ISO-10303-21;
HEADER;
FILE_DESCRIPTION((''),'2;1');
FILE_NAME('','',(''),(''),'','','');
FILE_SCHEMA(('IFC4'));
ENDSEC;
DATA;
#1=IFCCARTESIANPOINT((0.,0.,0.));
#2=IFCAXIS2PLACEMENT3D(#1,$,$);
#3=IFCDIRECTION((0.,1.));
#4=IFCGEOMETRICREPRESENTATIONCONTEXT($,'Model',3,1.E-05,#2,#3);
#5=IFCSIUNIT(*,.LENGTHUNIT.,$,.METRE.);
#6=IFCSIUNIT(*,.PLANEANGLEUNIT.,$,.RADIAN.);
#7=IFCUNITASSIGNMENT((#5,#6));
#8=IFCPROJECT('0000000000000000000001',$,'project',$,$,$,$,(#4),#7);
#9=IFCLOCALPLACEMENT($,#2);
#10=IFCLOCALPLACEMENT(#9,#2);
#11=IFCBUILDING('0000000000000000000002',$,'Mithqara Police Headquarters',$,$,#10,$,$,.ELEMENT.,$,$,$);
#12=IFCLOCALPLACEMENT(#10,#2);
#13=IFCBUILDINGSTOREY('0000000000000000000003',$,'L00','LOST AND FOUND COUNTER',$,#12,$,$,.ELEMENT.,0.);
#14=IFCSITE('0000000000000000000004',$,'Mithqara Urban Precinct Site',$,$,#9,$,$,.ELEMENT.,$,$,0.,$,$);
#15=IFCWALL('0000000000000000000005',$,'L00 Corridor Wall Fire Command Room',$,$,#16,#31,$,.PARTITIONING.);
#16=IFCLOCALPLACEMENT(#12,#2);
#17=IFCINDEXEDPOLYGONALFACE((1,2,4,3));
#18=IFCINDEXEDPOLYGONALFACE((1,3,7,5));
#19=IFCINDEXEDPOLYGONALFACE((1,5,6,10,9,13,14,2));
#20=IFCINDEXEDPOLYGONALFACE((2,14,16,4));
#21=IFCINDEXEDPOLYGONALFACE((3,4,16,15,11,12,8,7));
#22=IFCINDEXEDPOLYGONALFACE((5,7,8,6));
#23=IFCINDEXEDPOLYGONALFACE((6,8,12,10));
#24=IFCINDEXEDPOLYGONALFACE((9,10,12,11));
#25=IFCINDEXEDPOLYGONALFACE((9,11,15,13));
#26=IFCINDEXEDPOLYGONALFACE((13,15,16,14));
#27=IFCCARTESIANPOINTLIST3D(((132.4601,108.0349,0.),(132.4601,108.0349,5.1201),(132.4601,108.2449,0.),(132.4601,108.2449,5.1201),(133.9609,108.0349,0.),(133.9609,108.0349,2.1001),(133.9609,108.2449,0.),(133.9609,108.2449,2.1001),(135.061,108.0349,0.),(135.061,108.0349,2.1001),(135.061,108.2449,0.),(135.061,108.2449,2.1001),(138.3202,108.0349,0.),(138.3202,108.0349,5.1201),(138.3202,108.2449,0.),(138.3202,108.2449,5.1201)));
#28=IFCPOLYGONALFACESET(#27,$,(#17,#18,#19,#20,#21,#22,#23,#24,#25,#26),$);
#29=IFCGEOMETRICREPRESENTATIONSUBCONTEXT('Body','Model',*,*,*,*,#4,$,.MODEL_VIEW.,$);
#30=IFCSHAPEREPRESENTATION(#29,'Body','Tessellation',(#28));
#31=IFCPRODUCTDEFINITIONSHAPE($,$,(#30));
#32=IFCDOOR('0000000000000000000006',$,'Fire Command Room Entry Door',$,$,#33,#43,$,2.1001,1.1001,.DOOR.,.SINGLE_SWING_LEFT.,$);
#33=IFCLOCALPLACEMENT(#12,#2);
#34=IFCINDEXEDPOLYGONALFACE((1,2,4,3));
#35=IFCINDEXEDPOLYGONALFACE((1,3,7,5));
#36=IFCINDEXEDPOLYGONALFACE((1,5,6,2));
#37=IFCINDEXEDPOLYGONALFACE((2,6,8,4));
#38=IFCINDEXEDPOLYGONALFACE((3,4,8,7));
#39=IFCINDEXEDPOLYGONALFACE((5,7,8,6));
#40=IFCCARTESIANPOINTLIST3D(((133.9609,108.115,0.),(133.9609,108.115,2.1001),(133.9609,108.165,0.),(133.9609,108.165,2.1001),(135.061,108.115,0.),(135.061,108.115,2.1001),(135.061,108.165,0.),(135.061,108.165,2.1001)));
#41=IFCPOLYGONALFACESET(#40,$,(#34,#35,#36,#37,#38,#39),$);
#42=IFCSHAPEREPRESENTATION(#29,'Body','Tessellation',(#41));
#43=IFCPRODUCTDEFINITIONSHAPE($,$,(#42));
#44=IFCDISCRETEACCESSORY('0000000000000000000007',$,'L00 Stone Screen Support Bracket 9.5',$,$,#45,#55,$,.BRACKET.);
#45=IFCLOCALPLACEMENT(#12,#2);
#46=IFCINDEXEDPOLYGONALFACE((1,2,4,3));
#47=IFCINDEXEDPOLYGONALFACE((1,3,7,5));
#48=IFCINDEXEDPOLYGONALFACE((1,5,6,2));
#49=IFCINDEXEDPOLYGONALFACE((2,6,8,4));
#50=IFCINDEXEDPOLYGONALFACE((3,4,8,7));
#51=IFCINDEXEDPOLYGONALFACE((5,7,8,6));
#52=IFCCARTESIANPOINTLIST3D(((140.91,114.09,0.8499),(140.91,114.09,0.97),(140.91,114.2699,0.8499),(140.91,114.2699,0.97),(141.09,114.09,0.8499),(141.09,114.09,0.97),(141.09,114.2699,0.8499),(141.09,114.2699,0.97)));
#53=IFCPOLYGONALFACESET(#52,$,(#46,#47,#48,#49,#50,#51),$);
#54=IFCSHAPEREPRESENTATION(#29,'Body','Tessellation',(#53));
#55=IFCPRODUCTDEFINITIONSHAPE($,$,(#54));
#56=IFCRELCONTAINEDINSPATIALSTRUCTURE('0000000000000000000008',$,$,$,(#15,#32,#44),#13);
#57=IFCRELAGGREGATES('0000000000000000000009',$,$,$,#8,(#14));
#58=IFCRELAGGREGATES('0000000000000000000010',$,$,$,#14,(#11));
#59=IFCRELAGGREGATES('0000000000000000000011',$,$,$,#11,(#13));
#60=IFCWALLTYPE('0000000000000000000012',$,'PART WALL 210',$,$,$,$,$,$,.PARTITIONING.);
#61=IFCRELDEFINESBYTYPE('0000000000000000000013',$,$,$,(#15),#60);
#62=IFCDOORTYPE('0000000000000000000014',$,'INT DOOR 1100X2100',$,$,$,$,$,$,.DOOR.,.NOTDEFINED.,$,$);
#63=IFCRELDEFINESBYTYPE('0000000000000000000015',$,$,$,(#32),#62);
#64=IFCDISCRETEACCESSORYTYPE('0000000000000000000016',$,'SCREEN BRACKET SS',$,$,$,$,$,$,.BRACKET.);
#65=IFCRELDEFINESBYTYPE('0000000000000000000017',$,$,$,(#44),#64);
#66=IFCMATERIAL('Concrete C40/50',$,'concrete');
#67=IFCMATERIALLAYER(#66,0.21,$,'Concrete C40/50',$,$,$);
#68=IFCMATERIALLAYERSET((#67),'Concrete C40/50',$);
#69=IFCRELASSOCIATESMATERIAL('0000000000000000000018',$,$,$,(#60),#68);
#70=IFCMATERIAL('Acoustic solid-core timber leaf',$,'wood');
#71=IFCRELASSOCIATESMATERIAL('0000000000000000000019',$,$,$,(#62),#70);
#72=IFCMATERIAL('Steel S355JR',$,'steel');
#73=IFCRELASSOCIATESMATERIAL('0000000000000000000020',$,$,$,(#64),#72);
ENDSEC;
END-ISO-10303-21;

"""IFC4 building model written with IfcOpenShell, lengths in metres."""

from ifc_helpers import new_model, si_unit, direction, frame, frame_2d, origin, origin_2d, place, context, subcontext, project, spatial, rectangle, extrude, material, layer, layer_set, type_object, element, fill, save


model = new_model("IFC4")

# Units and contexts
model_context = context("Model", 3, precision=1e-05, world=origin(), true_north=direction((0.0, 1.0)))
body_context = subcontext(model_context, "Body", "Model", "MODEL_VIEW")
ifc_project = project(units=[si_unit("LENGTHUNIT", "METRE"), si_unit("PLANEANGLEUNIT", "RADIAN")], contexts=[model_context])

# Site, building, storey
site_placement = place(None, origin())
site = spatial("IfcSite", under=ifc_project, at=site_placement, Name="Mithqara Urban Precinct Site", CompositionType="ELEMENT", RefElevation=0.0)
building_placement = place(site_placement, origin())
building = spatial("IfcBuilding", under=site, at=building_placement, Name="Mithqara Police Headquarters", CompositionType="ELEMENT")
storey_placement = place(building_placement, origin())
storey = spatial("IfcBuildingStorey", under=building, at=storey_placement, Name="L00", Description="LOST AND FOUND COUNTER", CompositionType="ELEMENT", Elevation=0.0)

# Shared definitions
ifc_material_1 = material(Name="Concrete C40/50", Category="concrete")

# Shared definitions
ifc_material_2 = material(Name="Steel S355JR", Category="steel")

# Shared definitions
ifc_material_3 = material(Name="Acoustic solid-core timber leaf", Category="wood")

# Wall, opening, door
ifc_layer_1 = layer(ifc_material_1, 0.21, Name="Concrete C40/50")
ifc_layer_set_1 = layer_set([ifc_layer_1], Name="Concrete C40/50")
wall_type_1 = type_object("IfcWallType", Name="PART WALL 210", PredefinedType="PARTITIONING", material=ifc_layer_set_1)
wall_1_placement = place(storey_placement, frame((132.46, 108.1399, 0.0), z_axis=(0.0, 0.0, 1.0), x_axis=(1.0, 0.0, 0.0)))
wall_1 = element("IfcWall", 1, at=wall_1_placement, inside=storey, type_object=wall_type_1, Name="L00 Corridor Wall Fire Command Room", PredefinedType="PARTITIONING", context=body_context, shape_type="SweptSolid", body=[
    extrude(rectangle(XDim=5.8601, YDim=0.21, at=frame_2d((2.9302, 0.0))), origin(), (0.0, 0.0, 1.0), 5.1201),
])
opening_1_placement = place(wall_1_placement, frame((1.501, 0.0, 0.0)))
opening_1 = element("IfcOpeningElement", 2, at=opening_1_placement, cuts=wall_1, PredefinedType="OPENING", context=body_context, shape_type="SweptSolid", body=[
    extrude(rectangle(XDim=1.1001, YDim=2.1001, at=frame_2d((0.55, 1.05))), frame((0.0, 0.115, 0.0), z_axis=(0.0, -1.0, 0.0), x_axis=(1.0, 0.0, 0.0)), (0.0, 0.0, 1.0), 0.23),
])
door_type_1 = type_object("IfcDoorType", Name="INT DOOR 1100X2100", OperationType="NOTDEFINED", PredefinedType="DOOR", material=ifc_material_3)
door_1_placement = place(opening_1_placement, frame((1.1001, 0.0, 0.0), z_axis=(0.0, 0.0, 1.0), x_axis=(-1.0, 0.0, 0.0)))
door_1 = element("IfcDoor", 3, at=door_1_placement, inside=storey, type_object=door_type_1, Name="Fire Command Room Entry Door", OperationType="SINGLE_SWING_LEFT", OverallHeight=2.1001, OverallWidth=1.1001, PredefinedType="DOOR", context=body_context, shape_type="SweptSolid", body=[
    extrude(rectangle(XDim=1.1001, YDim=2.1001, at=frame_2d((0.55, 1.05))), frame((0.0, 0.0249, 0.0), z_axis=(0.0, -1.0, 0.0), x_axis=(1.0, 0.0, 0.0)), (0.0, 0.0, 1.0), 0.05),
])
fill(opening_1, door_1)

# Discrete accessory
discrete_accessory_type = type_object("IfcDiscreteAccessoryType", Name="SCREEN BRACKET SS", PredefinedType="BRACKET", material=ifc_material_2)
discrete_accessory_placement = place(storey_placement, frame((141.0, 114.1799, 0.8499), z_axis=(0.0, 0.0, 1.0), x_axis=(1.0, 0.0, 0.0)))
element("IfcDiscreteAccessory", 4, at=discrete_accessory_placement, inside=storey, type_object=discrete_accessory_type, Name="L00 Stone Screen Support Bracket 9.5", PredefinedType="BRACKET", context=body_context, shape_type="SweptSolid", body=[
    extrude(rectangle(XDim=0.1799, YDim=0.1799, at=origin_2d()), origin(), (0.0, 0.0, 1.0), 0.1201),
])

save(model, "model.ifc")
